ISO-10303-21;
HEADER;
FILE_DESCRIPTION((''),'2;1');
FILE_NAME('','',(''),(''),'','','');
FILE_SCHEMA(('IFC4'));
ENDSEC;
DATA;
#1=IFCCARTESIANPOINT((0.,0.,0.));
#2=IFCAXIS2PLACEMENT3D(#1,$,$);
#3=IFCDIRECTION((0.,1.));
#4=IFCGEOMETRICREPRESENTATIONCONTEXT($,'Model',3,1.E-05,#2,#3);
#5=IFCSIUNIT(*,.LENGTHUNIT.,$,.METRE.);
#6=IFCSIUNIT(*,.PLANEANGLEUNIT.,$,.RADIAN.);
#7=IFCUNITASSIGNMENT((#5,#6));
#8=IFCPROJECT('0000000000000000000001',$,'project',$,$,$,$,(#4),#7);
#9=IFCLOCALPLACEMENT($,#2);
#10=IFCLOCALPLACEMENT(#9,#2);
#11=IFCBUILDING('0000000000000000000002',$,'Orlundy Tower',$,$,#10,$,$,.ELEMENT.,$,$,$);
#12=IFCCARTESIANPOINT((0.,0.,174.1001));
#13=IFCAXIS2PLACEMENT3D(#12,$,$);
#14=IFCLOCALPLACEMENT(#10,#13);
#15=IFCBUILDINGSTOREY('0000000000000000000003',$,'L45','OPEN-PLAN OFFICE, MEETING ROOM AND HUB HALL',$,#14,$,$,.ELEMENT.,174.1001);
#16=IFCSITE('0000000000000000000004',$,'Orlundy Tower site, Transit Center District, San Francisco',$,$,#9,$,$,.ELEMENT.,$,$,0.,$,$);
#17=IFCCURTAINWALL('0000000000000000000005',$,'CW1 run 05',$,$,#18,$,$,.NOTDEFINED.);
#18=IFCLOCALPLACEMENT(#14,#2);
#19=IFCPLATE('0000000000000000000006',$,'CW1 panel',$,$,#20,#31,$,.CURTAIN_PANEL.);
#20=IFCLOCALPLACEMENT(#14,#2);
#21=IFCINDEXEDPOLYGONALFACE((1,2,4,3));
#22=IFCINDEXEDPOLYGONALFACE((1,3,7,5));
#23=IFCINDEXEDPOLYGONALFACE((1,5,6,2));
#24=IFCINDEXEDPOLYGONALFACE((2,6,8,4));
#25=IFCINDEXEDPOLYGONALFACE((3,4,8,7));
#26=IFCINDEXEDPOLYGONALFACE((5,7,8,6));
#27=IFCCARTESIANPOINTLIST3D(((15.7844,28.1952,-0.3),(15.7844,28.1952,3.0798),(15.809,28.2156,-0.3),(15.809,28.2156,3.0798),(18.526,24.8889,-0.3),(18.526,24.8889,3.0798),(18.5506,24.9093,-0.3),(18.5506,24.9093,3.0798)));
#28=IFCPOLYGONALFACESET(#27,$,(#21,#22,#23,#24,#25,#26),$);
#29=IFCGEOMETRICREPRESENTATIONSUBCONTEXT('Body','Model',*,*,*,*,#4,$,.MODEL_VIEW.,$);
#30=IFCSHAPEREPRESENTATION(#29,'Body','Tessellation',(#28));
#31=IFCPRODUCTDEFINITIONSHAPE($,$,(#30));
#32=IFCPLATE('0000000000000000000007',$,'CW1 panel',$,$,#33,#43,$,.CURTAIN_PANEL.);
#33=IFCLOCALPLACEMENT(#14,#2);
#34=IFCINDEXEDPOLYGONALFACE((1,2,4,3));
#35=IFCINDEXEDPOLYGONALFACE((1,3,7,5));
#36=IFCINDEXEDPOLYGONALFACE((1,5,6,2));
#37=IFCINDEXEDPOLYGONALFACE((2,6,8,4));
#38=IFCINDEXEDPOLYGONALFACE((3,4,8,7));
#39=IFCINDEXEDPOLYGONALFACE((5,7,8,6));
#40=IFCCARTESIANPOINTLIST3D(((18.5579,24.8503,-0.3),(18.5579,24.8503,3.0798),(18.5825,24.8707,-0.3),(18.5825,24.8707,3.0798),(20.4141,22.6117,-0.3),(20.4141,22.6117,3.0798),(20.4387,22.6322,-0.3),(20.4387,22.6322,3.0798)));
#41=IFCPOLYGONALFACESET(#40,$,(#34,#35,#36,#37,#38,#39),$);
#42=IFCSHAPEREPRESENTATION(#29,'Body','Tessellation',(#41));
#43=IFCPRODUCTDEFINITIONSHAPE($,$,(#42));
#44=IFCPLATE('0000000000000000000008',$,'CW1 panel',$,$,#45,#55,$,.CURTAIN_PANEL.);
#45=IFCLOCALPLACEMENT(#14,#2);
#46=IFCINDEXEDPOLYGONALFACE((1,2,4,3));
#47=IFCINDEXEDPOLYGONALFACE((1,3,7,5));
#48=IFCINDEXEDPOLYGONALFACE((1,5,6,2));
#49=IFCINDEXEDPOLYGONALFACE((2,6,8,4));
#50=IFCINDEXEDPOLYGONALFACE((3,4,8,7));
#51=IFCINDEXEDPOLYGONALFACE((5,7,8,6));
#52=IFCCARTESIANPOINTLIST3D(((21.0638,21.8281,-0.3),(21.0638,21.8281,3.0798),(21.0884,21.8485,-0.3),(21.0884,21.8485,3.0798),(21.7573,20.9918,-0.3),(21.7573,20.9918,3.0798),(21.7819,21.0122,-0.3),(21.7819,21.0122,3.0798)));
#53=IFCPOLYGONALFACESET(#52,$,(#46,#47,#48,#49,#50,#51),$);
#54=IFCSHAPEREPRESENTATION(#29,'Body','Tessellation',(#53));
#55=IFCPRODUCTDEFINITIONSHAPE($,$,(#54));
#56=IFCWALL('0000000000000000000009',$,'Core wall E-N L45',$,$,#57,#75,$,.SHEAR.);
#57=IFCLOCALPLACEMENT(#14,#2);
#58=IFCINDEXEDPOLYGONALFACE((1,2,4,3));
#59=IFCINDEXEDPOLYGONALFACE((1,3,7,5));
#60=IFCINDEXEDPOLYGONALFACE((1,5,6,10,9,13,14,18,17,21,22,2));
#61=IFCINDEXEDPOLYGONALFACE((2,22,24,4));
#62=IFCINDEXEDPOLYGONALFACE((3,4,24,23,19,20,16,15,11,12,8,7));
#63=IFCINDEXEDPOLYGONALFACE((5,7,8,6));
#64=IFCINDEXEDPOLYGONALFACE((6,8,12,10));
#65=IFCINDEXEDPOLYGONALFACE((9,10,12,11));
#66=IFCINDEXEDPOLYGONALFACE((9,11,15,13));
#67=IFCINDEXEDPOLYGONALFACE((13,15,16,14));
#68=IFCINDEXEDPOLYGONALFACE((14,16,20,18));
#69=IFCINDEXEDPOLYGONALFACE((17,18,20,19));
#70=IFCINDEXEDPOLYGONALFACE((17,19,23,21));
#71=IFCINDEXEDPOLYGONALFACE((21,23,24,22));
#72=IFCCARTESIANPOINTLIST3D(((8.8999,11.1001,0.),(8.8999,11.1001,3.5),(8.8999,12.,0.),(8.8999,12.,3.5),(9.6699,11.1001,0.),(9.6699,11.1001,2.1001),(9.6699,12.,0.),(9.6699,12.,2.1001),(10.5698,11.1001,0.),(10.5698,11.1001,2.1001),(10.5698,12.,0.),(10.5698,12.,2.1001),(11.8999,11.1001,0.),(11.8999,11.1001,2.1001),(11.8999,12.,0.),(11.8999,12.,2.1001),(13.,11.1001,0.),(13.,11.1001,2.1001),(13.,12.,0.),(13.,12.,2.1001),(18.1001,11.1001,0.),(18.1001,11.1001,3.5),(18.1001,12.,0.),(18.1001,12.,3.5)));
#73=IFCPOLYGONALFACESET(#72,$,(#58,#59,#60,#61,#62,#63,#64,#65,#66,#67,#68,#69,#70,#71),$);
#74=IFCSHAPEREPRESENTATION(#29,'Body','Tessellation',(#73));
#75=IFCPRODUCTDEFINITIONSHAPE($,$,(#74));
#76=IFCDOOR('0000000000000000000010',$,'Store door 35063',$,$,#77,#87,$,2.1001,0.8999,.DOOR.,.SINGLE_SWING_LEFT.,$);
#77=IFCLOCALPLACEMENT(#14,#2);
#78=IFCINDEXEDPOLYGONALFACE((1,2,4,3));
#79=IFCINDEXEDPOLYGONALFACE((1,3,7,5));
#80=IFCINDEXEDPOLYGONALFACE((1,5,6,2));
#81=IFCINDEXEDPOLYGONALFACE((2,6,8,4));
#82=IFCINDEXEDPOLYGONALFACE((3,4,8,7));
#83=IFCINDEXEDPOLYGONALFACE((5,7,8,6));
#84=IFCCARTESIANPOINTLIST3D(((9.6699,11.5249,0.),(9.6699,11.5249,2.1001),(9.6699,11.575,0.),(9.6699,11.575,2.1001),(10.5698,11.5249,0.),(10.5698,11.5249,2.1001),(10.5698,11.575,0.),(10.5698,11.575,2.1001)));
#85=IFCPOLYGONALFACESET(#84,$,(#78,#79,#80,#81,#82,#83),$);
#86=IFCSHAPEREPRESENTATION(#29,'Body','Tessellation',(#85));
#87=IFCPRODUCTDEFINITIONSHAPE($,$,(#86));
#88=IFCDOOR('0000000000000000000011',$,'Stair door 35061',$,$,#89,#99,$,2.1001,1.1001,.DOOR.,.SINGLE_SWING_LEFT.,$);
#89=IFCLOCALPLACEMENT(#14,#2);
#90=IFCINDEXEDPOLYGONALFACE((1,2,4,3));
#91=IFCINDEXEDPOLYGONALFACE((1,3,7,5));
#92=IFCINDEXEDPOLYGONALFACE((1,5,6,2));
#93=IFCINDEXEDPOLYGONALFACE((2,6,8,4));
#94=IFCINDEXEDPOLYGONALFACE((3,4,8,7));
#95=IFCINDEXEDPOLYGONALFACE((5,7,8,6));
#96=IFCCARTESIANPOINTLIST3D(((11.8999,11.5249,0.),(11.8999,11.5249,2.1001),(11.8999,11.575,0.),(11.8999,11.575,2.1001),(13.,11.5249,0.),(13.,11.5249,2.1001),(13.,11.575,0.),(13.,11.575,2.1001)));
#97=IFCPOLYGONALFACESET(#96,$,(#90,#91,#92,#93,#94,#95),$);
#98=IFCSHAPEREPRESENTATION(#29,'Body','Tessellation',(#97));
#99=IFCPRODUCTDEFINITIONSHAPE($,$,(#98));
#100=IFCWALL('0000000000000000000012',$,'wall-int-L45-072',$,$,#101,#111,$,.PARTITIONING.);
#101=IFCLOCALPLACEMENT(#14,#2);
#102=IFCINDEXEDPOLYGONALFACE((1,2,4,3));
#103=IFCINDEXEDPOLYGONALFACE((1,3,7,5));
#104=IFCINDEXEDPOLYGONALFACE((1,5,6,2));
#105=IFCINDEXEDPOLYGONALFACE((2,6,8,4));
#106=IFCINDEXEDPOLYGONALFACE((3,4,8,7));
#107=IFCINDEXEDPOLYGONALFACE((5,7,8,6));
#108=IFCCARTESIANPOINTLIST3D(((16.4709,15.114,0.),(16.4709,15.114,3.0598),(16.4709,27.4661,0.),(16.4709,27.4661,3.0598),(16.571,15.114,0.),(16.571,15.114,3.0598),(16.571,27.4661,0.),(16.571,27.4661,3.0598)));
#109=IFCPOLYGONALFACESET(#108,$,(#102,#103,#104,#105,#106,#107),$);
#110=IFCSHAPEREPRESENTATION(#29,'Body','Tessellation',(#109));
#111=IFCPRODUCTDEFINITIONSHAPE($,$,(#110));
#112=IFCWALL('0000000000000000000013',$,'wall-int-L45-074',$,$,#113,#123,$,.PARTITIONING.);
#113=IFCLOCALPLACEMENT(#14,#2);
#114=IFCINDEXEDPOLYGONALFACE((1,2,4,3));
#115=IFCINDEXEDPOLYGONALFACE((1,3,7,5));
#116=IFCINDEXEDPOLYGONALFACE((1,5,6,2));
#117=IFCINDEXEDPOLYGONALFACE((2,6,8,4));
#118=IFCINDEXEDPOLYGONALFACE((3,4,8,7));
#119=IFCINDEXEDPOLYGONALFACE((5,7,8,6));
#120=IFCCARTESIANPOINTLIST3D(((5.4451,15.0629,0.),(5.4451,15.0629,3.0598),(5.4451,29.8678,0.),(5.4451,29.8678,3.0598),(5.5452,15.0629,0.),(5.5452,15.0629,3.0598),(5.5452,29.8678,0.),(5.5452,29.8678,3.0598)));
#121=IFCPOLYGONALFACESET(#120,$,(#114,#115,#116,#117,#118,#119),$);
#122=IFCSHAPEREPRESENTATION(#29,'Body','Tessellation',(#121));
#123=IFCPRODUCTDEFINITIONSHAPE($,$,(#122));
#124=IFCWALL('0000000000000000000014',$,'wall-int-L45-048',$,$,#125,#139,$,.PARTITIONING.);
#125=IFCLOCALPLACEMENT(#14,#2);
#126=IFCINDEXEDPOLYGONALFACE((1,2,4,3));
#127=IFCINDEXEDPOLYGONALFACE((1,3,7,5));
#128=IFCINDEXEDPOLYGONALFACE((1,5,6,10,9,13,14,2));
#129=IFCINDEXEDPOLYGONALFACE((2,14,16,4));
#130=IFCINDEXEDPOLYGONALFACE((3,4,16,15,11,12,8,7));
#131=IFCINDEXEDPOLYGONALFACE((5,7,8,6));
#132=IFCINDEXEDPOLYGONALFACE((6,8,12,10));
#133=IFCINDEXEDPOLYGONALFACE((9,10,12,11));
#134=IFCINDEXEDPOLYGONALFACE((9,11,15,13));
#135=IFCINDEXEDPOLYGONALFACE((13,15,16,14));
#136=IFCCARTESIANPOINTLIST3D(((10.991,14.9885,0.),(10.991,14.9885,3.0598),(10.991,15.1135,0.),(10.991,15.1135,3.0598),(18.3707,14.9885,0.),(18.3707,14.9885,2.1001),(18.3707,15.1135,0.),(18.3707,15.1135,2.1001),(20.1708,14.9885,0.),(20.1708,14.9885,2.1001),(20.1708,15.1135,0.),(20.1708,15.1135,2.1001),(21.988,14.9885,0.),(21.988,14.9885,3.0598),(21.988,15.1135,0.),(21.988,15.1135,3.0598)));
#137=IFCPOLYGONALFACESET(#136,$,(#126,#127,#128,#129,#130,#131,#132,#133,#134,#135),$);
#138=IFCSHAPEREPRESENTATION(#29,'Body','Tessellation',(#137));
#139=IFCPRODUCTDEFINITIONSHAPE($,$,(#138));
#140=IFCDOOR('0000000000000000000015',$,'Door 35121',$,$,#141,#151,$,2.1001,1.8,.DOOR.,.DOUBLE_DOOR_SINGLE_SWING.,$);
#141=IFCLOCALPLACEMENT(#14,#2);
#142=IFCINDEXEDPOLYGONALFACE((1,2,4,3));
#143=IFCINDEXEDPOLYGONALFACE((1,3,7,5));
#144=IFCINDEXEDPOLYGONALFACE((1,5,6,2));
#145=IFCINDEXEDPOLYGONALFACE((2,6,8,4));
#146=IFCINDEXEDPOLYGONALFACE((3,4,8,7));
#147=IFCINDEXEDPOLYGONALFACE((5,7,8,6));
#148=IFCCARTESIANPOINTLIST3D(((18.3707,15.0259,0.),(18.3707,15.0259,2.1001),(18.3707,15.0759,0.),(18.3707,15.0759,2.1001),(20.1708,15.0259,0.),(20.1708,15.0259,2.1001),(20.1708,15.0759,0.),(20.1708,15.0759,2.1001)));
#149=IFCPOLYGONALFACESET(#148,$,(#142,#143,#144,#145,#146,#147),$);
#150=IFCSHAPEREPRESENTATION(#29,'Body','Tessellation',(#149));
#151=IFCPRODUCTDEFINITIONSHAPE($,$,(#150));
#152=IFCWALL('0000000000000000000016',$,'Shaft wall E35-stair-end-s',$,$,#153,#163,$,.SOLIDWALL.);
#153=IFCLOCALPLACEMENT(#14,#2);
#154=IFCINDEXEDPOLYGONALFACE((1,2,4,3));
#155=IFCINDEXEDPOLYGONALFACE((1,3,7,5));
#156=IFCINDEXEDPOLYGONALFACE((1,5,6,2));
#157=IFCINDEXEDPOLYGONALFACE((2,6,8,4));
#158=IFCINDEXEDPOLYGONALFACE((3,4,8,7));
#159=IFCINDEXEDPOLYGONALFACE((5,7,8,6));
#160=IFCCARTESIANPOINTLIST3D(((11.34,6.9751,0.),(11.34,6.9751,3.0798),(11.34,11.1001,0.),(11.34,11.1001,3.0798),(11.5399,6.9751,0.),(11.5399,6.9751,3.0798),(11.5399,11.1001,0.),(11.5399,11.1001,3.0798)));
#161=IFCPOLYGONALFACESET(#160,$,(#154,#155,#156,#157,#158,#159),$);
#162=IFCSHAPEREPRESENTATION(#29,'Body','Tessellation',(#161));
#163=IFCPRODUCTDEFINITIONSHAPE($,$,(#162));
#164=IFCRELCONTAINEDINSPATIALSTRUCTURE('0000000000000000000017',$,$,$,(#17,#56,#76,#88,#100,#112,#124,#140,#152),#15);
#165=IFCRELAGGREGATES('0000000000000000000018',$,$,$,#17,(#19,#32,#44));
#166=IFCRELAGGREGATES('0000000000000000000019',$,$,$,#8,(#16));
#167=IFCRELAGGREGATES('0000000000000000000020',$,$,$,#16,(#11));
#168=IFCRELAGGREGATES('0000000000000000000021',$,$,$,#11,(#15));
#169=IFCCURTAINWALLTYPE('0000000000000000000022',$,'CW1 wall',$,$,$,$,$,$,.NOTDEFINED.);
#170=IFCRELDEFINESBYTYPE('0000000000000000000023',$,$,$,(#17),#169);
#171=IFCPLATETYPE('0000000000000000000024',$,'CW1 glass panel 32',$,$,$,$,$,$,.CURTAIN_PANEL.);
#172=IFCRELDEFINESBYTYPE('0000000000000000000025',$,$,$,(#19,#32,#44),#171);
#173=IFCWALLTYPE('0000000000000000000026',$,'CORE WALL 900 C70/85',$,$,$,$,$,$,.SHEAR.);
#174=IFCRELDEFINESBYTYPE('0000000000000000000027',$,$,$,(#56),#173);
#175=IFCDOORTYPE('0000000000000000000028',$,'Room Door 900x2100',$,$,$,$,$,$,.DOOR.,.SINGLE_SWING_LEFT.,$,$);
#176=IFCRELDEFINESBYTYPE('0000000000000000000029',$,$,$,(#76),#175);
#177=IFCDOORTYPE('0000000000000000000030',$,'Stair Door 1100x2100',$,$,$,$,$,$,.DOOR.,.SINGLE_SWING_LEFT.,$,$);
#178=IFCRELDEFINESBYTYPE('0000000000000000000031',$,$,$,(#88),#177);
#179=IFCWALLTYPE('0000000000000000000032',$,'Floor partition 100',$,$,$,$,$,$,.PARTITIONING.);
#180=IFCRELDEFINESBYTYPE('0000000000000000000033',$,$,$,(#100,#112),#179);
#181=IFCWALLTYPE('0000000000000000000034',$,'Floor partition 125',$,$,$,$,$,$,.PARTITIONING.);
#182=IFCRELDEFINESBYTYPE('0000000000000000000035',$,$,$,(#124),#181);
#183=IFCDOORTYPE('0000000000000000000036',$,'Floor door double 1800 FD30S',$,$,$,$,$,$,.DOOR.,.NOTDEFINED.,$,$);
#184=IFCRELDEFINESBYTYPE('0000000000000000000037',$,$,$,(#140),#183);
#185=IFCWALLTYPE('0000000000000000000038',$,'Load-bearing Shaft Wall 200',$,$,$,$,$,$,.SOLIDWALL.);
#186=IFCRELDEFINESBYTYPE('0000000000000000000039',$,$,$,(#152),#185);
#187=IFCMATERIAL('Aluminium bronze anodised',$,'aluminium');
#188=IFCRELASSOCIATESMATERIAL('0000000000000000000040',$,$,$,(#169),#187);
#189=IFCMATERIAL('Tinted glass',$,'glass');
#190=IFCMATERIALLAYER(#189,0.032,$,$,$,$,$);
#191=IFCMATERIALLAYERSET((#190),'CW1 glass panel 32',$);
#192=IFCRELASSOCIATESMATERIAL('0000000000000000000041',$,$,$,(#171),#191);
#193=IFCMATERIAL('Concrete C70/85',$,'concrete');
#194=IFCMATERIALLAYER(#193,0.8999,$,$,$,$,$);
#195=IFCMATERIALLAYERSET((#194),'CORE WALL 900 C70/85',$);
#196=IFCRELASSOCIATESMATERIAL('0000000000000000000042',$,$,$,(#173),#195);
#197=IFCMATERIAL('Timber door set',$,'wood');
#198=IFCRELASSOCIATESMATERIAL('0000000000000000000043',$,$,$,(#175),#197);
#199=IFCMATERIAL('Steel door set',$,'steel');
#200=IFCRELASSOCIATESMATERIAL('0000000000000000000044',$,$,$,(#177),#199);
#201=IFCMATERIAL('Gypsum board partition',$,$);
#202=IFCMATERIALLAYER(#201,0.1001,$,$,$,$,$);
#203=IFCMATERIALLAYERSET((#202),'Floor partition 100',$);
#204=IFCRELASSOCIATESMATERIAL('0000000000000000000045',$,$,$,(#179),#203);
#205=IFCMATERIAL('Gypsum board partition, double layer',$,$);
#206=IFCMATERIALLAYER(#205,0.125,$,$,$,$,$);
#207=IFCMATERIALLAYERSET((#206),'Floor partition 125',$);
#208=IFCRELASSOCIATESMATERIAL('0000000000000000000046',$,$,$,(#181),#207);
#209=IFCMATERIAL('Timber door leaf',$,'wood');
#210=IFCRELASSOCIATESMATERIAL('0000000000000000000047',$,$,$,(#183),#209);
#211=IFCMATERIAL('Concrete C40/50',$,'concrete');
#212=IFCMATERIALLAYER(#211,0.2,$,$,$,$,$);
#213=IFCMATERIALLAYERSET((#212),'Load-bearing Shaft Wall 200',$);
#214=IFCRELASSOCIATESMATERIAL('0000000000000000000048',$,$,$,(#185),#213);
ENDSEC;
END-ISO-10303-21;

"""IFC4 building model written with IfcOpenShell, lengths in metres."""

from ifc_helpers import new_model, si_unit, direction, frame, frame_2d, origin, origin_2d, place, context, subcontext, project, spatial, rectangle, extrude, material, layer, layer_set, type_object, element, fill, aggregate, save


model = new_model("IFC4")

# Units and contexts
model_context = context("Model", 3, precision=1e-05, world=origin(), true_north=direction((0.0, 1.0)))
body_context = subcontext(model_context, "Body", "Model", "MODEL_VIEW")
ifc_project = project(units=[si_unit("LENGTHUNIT", "METRE"), si_unit("PLANEANGLEUNIT", "RADIAN")], contexts=[model_context])

# Site, building, storey
site_placement = place(None, origin())
site = spatial("IfcSite", under=ifc_project, at=site_placement, Name="Orlundy Tower site, Transit Center District, San Francisco", CompositionType="ELEMENT", RefElevation=0.0)
building_placement = place(site_placement, origin())
building = spatial("IfcBuilding", under=site, at=building_placement, Name="Orlundy Tower", CompositionType="ELEMENT")
storey_placement = place(building_placement, frame((0.0, 0.0, 174.1001)))
storey = spatial("IfcBuildingStorey", under=building, at=storey_placement, Name="L45", Description="OPEN-PLAN OFFICE, MEETING ROOM AND HUB HALL", CompositionType="ELEMENT", Elevation=174.1001)

# Curtain wall
ifc_material_1 = material(Name="Aluminium bronze anodised", Category="aluminium")
curtain_wall_type = type_object("IfcCurtainWallType", Name="CW1 wall", PredefinedType="NOTDEFINED", material=ifc_material_1)
curtain_wall_1_placement = place(storey_placement, origin())
curtain_wall_1 = element("IfcCurtainWall", 1, at=curtain_wall_1_placement, inside=storey, type_object=curtain_wall_type, Name="CW1 run 05", PredefinedType="NOTDEFINED")

# Plates
ifc_material_2 = material(Name="Tinted glass", Category="glass")
ifc_layer_1 = layer(ifc_material_2, 0.032)
ifc_layer_set_1 = layer_set([ifc_layer_1], Name="CW1 glass panel 32")
plate_type = type_object("IfcPlateType", Name="CW1 glass panel 32", PredefinedType="CURTAIN_PANEL", material=ifc_layer_set_1)
plate_1_placement = place(storey_placement, frame((17.1675, 26.5522, -0.3), z_axis=(0.0, 0.0, 1.0), x_axis=(0.638299, -0.769788, 0.0)))
plate_1 = element("IfcPlate", 2, at=plate_1_placement, type_object=plate_type, Name="CW1 panel", PredefinedType="CURTAIN_PANEL", context=body_context, shape_type="SweptSolid", body=[
    extrude(rectangle(XDim=4.2952, YDim=0.032, at=origin_2d()), origin(), (0.0, 0.0, 1.0), 3.3799),
])
plate_2_placement = place(storey_placement, frame((19.4983, 23.7412, -0.3), z_axis=(0.0, 0.0, 1.0), x_axis=(0.638299, -0.769788, 0.0)))
plate_2 = element("IfcPlate", 3, at=plate_2_placement, type_object=plate_type, Name="CW1 panel", PredefinedType="CURTAIN_PANEL", context=body_context, shape_type="SweptSolid", body=[
    extrude(rectangle(XDim=2.908, YDim=0.032, at=origin_2d()), origin(), (0.0, 0.0, 1.0), 3.3799),
])
plate_3_placement = place(storey_placement, frame((21.4229, 21.4202, -0.3), z_axis=(0.0, 0.0, 1.0), x_axis=(0.638299, -0.769788, 0.0)))
plate_3 = element("IfcPlate", 4, at=plate_3_placement, type_object=plate_type, Name="CW1 panel", PredefinedType="CURTAIN_PANEL", context=body_context, shape_type="SweptSolid", body=[
    extrude(rectangle(XDim=1.0864, YDim=0.032, at=origin_2d()), origin(), (0.0, 0.0, 1.0), 3.3799),
])
aggregate(curtain_wall_1, [plate_1, plate_2, plate_3])

# Wall, openings, doors
ifc_material_3 = material(Name="Concrete C70/85", Category="concrete")
ifc_layer_2 = layer(ifc_material_3, 0.8999)
ifc_layer_set_2 = layer_set([ifc_layer_2], Name="CORE WALL 900 C70/85")
wall_type_1 = type_object("IfcWallType", Name="CORE WALL 900 C70/85", PredefinedType="SHEAR", material=ifc_layer_set_2)
wall_1_placement = place(storey_placement, frame((8.8999, 11.55, 0.0), z_axis=(0.0, 0.0, 1.0), x_axis=(1.0, 0.0, 0.0)))
wall_1 = element("IfcWall", 5, at=wall_1_placement, inside=storey, type_object=wall_type_1, Name="Core wall E-N L45", PredefinedType="SHEAR", context=body_context, shape_type="SweptSolid", body=[
    extrude(rectangle(XDim=9.2002, YDim=0.8999, at=frame_2d((4.6001, 0.0))), origin(), (0.0, 0.0, 1.0), 3.5),
])
opening_1_placement = place(wall_1_placement, frame((3.0, 0.0, 0.0)))
opening_1 = element("IfcOpeningElement", 6, at=opening_1_placement, cuts=wall_1, PredefinedType="OPENING", context=body_context, shape_type="SweptSolid", body=[
    extrude(rectangle(XDim=1.1001, YDim=2.1001, at=frame_2d((0.55, 1.05))), frame((0.0, 0.46, 0.0), z_axis=(0.0, -1.0, 0.0), x_axis=(1.0, 0.0, 0.0)), (0.0, 0.0, 1.0), 0.9199),
])
opening_2_placement = place(wall_1_placement, frame((0.77, 0.0, 0.0)))
opening_2 = element("IfcOpeningElement", 7, at=opening_2_placement, cuts=wall_1, PredefinedType="OPENING", context=body_context, shape_type="SweptSolid", body=[
    extrude(rectangle(XDim=0.8999, YDim=2.1001, at=frame_2d((0.45, 1.05))), frame((0.0, 0.46, 0.0), z_axis=(0.0, -1.0, 0.0), x_axis=(1.0, 0.0, 0.0)), (0.0, 0.0, 1.0), 0.9199),
])
ifc_material_4 = material(Name="Timber door set", Category="wood")
door_type_1 = type_object("IfcDoorType", Name="Room Door 900x2100", OperationType="SINGLE_SWING_LEFT", PredefinedType="DOOR", material=ifc_material_4)
door_1_placement = place(opening_2_placement, origin())
door_1 = element("IfcDoor", 8, at=door_1_placement, inside=storey, type_object=door_type_1, Name="Store door 35063", OperationType="SINGLE_SWING_LEFT", OverallHeight=2.1001, OverallWidth=0.8999, PredefinedType="DOOR", context=body_context, shape_type="SweptSolid", body=[
    extrude(rectangle(XDim=0.8999, YDim=2.1001, at=frame_2d((0.45, 1.05))), frame((0.0, 0.0249, 0.0), z_axis=(0.0, -1.0, 0.0), x_axis=(1.0, 0.0, 0.0)), (0.0, 0.0, 1.0), 0.05),
])
fill(opening_2, door_1)
ifc_material_5 = material(Name="Steel door set", Category="steel")
door_type_2 = type_object("IfcDoorType", Name="Stair Door 1100x2100", OperationType="SINGLE_SWING_LEFT", PredefinedType="DOOR", material=ifc_material_5)
door_2_placement = place(opening_1_placement, origin())
door_2 = element("IfcDoor", 9, at=door_2_placement, inside=storey, type_object=door_type_2, Name="Stair door 35061", OperationType="SINGLE_SWING_LEFT", OverallHeight=2.1001, OverallWidth=1.1001, PredefinedType="DOOR", context=body_context, shape_type="SweptSolid", body=[
    extrude(rectangle(XDim=1.1001, YDim=2.1001, at=frame_2d((0.55, 1.05))), frame((0.0, 0.0249, 0.0), z_axis=(0.0, -1.0, 0.0), x_axis=(1.0, 0.0, 0.0)), (0.0, 0.0, 1.0), 0.05),
])
fill(opening_1, door_2)

# Walls
ifc_material_6 = material(Name="Gypsum board partition")
ifc_layer_3 = layer(ifc_material_6, 0.1001)
ifc_layer_set_3 = layer_set([ifc_layer_3], Name="Floor partition 100")
wall_type_2 = type_object("IfcWallType", Name="Floor partition 100", PredefinedType="PARTITIONING", material=ifc_layer_set_3)
wall_2_placement = place(storey_placement, frame((16.521, 15.114, 0.0), z_axis=(0.0, 0.0, 1.0), x_axis=(0.0, 1.0, 0.0)))
element("IfcWall", 10, at=wall_2_placement, inside=storey, type_object=wall_type_2, Name="wall-int-L45-072", PredefinedType="PARTITIONING", context=body_context, shape_type="SweptSolid", body=[
    extrude(rectangle(XDim=12.3521, YDim=0.1001, at=frame_2d((6.176, 0.0))), origin(), (0.0, 0.0, 1.0), 3.0598),
])
wall_3_placement = place(storey_placement, frame((5.4951, 15.063, 0.0), z_axis=(0.0, 0.0, 1.0), x_axis=(0.0, 1.0, 0.0)))
element("IfcWall", 11, at=wall_3_placement, inside=storey, type_object=wall_type_2, Name="wall-int-L45-074", PredefinedType="PARTITIONING", context=body_context, shape_type="SweptSolid", body=[
    extrude(rectangle(XDim=14.8049, YDim=0.1001, at=frame_2d((7.4023, 0.0))), origin(), (0.0, 0.0, 1.0), 3.0598),
])

# Wall, opening, door
ifc_material_7 = material(Name="Gypsum board partition, double layer")
ifc_layer_4 = layer(ifc_material_7, 0.125)
ifc_layer_set_4 = layer_set([ifc_layer_4], Name="Floor partition 125")
wall_type_3 = type_object("IfcWallType", Name="Floor partition 125", PredefinedType="PARTITIONING", material=ifc_layer_set_4)
wall_4_placement = place(storey_placement, frame((10.991, 15.051, 0.0), z_axis=(0.0, 0.0, 1.0), x_axis=(1.0, 0.0, 0.0)))
wall_4 = element("IfcWall", 12, at=wall_4_placement, inside=storey, type_object=wall_type_3, Name="wall-int-L45-048", PredefinedType="PARTITIONING", context=body_context, shape_type="SweptSolid", body=[
    extrude(rectangle(XDim=10.9971, YDim=0.125, at=frame_2d((5.4985, 0.0))), origin(), (0.0, 0.0, 1.0), 3.0598),
])
opening_3_placement = place(wall_4_placement, frame((7.3799, 0.0, 0.0)))
opening_3 = element("IfcOpeningElement", 13, at=opening_3_placement, cuts=wall_4, PredefinedType="OPENING", context=body_context, shape_type="SweptSolid", body=[
    extrude(rectangle(XDim=1.8, YDim=2.1001, at=frame_2d((0.8999, 1.05))), frame((0.0, 0.0725, 0.0), z_axis=(0.0, -1.0, 0.0), x_axis=(1.0, 0.0, 0.0)), (0.0, 0.0, 1.0), 0.145),
])
ifc_material_8 = material(Name="Timber door leaf", Category="wood")
door_type_3 = type_object("IfcDoorType", Name="Floor door double 1800 FD30S", OperationType="NOTDEFINED", PredefinedType="DOOR", material=ifc_material_8)
door_3_placement = place(opening_3_placement, origin())
door_3 = element("IfcDoor", 14, at=door_3_placement, inside=storey, type_object=door_type_3, Name="Door 35121", OperationType="DOUBLE_DOOR_SINGLE_SWING", OverallHeight=2.1001, OverallWidth=1.8, PredefinedType="DOOR", context=body_context, shape_type="SweptSolid", body=[
    extrude(rectangle(XDim=1.8, YDim=2.1001, at=frame_2d((0.8999, 1.05))), frame((0.0, 0.0249, 0.0), z_axis=(0.0, -1.0, 0.0), x_axis=(1.0, 0.0, 0.0)), (0.0, 0.0, 1.0), 0.05),
])
fill(opening_3, door_3)

# Wall
ifc_material_9 = material(Name="Concrete C40/50", Category="concrete")
ifc_layer_5 = layer(ifc_material_9, 0.2)
ifc_layer_set_5 = layer_set([ifc_layer_5], Name="Load-bearing Shaft Wall 200")
wall_type_4 = type_object("IfcWallType", Name="Load-bearing Shaft Wall 200", PredefinedType="SOLIDWALL", material=ifc_layer_set_5)
wall_5_placement = place(storey_placement, frame((11.4399, 11.1001, 0.0), z_axis=(0.0, 0.0, 1.0), x_axis=(0.0, -1.0, 0.0)))
element("IfcWall", 15, at=wall_5_placement, inside=storey, type_object=wall_type_4, Name="Shaft wall E35-stair-end-s", PredefinedType="SOLIDWALL", context=body_context, shape_type="SweptSolid", body=[
    extrude(rectangle(XDim=4.125, YDim=0.2, at=frame_2d((2.0625, 0.0))), origin(), (0.0, 0.0, 1.0), 3.0798),
])

save(model, "model.ifc")
